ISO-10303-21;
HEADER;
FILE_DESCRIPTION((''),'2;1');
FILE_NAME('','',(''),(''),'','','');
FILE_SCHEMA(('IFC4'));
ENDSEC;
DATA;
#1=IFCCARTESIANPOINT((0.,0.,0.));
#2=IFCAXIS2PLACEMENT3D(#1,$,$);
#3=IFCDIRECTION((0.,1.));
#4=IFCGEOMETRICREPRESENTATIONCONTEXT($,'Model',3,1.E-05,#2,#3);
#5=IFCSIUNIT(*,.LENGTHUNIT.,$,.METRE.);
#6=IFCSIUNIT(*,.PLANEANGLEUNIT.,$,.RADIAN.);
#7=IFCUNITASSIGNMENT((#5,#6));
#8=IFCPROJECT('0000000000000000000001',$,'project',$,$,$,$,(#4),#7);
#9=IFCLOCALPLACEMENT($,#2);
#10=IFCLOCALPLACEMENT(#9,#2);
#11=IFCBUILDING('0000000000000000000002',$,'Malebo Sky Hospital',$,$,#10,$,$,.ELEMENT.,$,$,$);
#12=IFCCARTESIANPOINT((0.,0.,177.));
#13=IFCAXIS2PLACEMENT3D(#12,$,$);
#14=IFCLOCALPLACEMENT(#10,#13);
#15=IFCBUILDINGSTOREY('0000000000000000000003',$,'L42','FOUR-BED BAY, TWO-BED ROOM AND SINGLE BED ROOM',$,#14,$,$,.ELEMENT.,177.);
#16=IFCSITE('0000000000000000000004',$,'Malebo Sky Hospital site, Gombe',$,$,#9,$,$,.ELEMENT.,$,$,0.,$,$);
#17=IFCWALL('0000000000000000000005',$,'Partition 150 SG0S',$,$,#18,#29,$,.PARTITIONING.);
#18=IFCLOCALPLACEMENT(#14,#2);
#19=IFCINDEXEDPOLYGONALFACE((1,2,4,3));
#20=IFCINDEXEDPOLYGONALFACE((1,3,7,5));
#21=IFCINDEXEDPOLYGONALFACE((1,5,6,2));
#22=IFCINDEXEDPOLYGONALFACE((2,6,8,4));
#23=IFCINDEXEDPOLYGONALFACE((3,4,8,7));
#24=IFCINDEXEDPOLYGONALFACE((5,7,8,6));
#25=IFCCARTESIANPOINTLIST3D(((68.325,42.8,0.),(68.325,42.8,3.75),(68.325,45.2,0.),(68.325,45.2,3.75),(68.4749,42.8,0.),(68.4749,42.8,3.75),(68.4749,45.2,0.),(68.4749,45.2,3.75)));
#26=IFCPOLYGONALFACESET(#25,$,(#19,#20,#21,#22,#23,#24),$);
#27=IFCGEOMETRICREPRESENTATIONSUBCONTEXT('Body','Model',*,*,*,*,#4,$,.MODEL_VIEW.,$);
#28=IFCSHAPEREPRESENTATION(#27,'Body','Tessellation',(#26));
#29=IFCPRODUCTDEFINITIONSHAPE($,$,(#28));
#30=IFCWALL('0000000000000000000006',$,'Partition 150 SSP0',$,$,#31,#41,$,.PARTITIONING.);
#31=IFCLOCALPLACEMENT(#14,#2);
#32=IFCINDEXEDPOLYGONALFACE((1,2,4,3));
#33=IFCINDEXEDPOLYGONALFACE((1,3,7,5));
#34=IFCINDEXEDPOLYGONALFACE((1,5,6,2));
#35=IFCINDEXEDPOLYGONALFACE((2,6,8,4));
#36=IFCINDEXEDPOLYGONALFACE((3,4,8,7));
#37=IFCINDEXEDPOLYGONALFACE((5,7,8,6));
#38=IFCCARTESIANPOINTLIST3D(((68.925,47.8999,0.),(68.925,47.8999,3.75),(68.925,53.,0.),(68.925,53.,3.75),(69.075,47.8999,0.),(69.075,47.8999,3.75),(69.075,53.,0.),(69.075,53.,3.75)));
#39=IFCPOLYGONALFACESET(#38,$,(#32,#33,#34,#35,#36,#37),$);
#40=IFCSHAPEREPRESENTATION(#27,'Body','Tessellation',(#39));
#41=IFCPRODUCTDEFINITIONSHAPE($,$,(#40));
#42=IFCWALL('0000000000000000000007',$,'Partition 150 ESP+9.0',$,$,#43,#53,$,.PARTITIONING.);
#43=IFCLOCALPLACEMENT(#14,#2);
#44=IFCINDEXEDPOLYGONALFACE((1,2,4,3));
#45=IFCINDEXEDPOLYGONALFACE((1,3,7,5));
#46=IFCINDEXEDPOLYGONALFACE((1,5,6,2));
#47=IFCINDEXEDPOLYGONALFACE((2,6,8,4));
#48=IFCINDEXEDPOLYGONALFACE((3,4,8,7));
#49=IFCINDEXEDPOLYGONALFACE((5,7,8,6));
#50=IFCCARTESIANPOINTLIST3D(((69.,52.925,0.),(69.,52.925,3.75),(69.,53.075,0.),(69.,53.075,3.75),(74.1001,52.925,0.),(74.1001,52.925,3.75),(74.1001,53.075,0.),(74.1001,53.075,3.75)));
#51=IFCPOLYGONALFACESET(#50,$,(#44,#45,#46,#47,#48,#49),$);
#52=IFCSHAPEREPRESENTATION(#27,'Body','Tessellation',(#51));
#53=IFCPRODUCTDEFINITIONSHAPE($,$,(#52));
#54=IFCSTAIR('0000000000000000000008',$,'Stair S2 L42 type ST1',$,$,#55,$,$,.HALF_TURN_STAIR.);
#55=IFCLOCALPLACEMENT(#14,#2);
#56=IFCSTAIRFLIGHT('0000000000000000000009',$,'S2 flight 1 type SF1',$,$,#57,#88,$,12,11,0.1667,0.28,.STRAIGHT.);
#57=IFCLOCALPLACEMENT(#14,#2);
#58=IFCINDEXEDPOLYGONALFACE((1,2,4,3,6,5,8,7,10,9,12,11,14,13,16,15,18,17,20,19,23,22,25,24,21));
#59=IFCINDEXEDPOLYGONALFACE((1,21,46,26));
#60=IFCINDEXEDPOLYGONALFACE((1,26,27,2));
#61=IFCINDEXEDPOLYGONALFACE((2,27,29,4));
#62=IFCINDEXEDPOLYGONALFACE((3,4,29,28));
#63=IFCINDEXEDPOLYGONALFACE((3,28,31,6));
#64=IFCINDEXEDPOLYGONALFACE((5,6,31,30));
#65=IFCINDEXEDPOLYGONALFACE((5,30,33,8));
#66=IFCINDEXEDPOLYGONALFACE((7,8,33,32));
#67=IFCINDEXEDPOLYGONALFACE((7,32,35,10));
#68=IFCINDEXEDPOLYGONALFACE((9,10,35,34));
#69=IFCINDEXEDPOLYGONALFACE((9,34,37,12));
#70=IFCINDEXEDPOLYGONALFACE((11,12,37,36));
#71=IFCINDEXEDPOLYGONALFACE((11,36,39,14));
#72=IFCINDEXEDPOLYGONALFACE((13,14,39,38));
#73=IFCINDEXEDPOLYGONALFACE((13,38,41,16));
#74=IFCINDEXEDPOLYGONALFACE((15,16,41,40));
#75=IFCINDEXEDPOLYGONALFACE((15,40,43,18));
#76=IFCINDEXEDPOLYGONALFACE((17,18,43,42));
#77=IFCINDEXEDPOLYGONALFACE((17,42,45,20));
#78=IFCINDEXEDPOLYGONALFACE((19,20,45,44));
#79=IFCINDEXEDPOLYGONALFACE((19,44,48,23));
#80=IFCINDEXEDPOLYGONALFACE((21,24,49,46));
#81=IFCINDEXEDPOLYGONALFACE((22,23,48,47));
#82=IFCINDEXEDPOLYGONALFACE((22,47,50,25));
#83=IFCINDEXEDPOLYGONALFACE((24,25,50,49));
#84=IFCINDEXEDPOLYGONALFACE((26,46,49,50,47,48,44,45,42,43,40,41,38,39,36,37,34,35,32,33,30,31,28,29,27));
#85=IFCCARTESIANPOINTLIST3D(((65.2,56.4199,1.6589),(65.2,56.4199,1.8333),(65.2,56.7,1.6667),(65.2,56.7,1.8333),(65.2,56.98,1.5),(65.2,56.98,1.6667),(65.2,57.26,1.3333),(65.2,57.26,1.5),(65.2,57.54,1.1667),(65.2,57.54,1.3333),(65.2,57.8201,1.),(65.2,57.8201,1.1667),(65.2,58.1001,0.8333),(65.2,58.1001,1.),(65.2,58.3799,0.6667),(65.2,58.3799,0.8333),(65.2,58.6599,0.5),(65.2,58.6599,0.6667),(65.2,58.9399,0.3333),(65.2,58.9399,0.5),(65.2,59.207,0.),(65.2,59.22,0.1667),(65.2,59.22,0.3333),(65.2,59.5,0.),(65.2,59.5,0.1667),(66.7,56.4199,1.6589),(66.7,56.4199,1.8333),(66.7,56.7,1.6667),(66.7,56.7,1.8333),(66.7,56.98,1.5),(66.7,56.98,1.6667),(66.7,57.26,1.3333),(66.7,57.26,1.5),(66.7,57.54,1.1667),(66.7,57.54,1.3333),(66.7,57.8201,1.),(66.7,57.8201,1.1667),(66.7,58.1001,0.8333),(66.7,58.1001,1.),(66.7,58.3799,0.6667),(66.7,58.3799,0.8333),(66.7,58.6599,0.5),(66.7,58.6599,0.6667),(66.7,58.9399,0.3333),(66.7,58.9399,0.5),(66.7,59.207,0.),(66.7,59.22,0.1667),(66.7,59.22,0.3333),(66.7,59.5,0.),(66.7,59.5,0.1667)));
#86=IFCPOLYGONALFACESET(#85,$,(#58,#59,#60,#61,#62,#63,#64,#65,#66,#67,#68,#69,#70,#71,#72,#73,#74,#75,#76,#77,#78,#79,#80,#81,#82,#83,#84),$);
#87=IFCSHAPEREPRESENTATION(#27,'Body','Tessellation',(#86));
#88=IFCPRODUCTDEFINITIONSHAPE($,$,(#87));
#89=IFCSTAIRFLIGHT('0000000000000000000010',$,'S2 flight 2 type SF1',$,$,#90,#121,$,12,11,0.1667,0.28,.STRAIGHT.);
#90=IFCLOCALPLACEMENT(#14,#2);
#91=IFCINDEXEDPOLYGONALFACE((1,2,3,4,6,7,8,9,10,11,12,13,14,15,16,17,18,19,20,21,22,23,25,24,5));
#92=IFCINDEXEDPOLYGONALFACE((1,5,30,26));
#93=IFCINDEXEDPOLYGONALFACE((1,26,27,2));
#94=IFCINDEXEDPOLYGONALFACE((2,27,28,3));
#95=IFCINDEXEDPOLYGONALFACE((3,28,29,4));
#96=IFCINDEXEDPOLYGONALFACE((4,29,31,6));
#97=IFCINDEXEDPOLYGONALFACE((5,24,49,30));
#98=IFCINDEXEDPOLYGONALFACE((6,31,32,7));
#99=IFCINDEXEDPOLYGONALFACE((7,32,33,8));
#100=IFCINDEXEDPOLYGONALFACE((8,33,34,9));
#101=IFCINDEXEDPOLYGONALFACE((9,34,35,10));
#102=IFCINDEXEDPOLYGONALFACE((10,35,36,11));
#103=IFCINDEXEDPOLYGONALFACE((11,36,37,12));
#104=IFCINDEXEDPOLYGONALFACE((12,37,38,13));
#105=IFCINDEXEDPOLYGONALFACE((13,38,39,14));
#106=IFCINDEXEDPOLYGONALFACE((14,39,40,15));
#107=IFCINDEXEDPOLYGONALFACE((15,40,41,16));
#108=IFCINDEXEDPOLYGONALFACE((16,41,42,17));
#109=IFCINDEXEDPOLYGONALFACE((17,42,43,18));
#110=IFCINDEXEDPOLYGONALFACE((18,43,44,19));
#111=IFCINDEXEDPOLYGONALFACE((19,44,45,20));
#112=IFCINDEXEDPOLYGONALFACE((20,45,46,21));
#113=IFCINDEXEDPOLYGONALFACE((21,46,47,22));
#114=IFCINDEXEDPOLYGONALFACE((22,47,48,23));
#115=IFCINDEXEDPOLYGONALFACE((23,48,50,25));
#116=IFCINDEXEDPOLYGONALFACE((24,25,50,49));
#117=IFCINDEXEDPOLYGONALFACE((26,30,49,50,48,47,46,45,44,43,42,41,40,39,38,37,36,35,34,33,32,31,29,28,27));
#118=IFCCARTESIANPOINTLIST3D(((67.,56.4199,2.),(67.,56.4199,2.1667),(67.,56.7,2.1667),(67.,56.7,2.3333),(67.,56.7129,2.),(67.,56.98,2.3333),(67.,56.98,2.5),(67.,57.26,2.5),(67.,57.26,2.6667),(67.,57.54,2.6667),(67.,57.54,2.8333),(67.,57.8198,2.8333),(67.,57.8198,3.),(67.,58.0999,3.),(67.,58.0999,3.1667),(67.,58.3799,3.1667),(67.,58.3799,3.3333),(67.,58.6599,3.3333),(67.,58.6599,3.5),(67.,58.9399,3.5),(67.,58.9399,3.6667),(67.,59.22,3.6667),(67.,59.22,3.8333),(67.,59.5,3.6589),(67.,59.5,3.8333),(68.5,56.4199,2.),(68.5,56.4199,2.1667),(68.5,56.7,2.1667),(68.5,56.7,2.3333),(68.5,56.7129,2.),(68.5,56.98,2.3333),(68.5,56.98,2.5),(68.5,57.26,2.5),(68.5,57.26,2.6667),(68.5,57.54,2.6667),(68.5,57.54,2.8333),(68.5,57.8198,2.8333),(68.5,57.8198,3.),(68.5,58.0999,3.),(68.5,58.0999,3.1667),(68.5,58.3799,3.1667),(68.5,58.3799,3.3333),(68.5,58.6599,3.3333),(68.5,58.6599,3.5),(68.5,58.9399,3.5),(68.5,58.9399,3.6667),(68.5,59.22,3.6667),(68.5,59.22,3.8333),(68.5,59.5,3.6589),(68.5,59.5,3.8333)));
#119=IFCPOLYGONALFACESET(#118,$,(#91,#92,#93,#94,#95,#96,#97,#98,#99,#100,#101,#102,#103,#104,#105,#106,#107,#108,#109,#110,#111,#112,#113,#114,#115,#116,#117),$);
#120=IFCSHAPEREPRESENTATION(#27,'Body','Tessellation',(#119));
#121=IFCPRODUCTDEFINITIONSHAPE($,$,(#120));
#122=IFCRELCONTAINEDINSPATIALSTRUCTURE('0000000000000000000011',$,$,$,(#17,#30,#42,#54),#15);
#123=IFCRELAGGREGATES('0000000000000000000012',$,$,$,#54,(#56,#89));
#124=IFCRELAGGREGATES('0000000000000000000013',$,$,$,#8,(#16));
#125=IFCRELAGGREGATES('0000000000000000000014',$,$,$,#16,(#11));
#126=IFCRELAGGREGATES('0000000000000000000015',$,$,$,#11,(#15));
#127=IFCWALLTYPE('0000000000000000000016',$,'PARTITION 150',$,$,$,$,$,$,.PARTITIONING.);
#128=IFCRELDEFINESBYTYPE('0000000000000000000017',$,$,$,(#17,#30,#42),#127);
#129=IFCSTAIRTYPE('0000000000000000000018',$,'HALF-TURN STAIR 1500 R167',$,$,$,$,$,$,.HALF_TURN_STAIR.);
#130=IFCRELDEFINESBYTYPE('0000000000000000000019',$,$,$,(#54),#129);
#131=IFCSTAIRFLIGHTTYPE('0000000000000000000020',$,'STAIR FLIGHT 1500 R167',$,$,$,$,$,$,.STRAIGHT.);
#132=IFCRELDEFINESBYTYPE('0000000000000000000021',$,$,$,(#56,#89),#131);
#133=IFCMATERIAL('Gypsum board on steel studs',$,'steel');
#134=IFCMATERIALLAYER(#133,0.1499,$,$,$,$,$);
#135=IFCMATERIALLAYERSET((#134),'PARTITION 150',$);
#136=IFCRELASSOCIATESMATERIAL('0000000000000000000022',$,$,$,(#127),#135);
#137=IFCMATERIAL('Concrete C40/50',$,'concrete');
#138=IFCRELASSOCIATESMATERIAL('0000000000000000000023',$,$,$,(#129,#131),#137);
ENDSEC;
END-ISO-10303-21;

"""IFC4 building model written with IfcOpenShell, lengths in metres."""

from ifc_helpers import new_model, si_unit, direction, frame, frame_2d, origin, place, context, subcontext, project, spatial, polyline, rectangle, outline, extrude, material, layer, layer_set, type_object, element, aggregate, save


model = new_model("IFC4")

# Units and contexts
model_context = context("Model", 3, precision=1e-05, world=origin(), true_north=direction((0.0, 1.0)))
body_context = subcontext(model_context, "Body", "Model", "MODEL_VIEW")
ifc_project = project(units=[si_unit("LENGTHUNIT", "METRE"), si_unit("PLANEANGLEUNIT", "RADIAN")], contexts=[model_context])

# Site, building, storey
site_placement = place(None, origin())
site = spatial("IfcSite", under=ifc_project, at=site_placement, Name="Malebo Sky Hospital site, Gombe", CompositionType="ELEMENT", RefElevation=0.0)
building_placement = place(site_placement, origin())
building = spatial("IfcBuilding", under=site, at=building_placement, Name="Malebo Sky Hospital", CompositionType="ELEMENT")
storey_placement = place(building_placement, frame((0.0, 0.0, 177.0)))
storey = spatial("IfcBuildingStorey", under=building, at=storey_placement, Name="L42", Description="FOUR-BED BAY, TWO-BED ROOM AND SINGLE BED ROOM", CompositionType="ELEMENT", Elevation=177.0)

# Shared definitions
ifc_material_1 = material(Name="Gypsum board on steel studs", Category="steel")

# Walls
ifc_layer_1 = layer(ifc_material_1, 0.1499)
ifc_layer_set_1 = layer_set([ifc_layer_1], Name="PARTITION 150")
wall_type_1 = type_object("IfcWallType", Name="PARTITION 150", PredefinedType="PARTITIONING", material=ifc_layer_set_1)
wall_1_placement = place(storey_placement, frame((68.3999, 45.2, 0.0), z_axis=(0.0, 0.0, 1.0), x_axis=(0.0, -1.0, 0.0)))
element("IfcWall", 1, at=wall_1_placement, inside=storey, type_object=wall_type_1, Name="Partition 150 SG0S", PredefinedType="PARTITIONING", context=body_context, shape_type="SweptSolid", body=[
    extrude(rectangle(XDim=2.3999, YDim=0.1499, at=frame_2d((1.2, 0.0))), origin(), (0.0, 0.0, 1.0), 3.75),
])
for number, where, z_axis, x_axis, name in (
    (2, (69.0, 53.0, 0.0), (0.0, 0.0, 1.0), (0.0, -1.0, 0.0), "Partition 150 SSP0"),
    (3, (69.0, 53.0, 0.0), (0.0, 0.0, 1.0), (1.0, 0.0, 0.0), "Partition 150 ESP+9.0"),
):
    element("IfcWall", number, at=place(storey_placement, frame(where, z_axis=z_axis, x_axis=x_axis)), inside=storey, type_object=wall_type_1, Name=name, PredefinedType="PARTITIONING", context=body_context, shape_type="SweptSolid", body=[
        extrude(rectangle(XDim=5.1001, YDim=0.1499, at=frame_2d((2.55, 0.0))), origin(), (0.0, 0.0, 1.0), 3.75),
    ])

# Stair, stair flights
ifc_material_2 = material(Name="Concrete C40/50", Category="concrete")
stair_type = type_object("IfcStairType", Name="HALF-TURN STAIR 1500 R167", PredefinedType="HALF_TURN_STAIR", material=ifc_material_2)
stair_placement = place(storey_placement, origin())
stair = element("IfcStair", 4, at=stair_placement, inside=storey, type_object=stair_type, Name="Stair S2 L42 type ST1", PredefinedType="HALF_TURN_STAIR")
stair_flight_type = type_object("IfcStairFlightType", Name="STAIR FLIGHT 1500 R167", PredefinedType="STRAIGHT", material=ifc_material_2)
stair_flight_1_placement = place(storey_placement, frame((65.95, 59.5, 0.0), z_axis=(0.0, 0.0, 1.0), x_axis=(0.0, -1.0, 0.0)))
stair_flight_1 = element("IfcStairFlight", 5, at=stair_flight_1_placement, type_object=stair_flight_type, Name="S2 flight 1 type SF1", NumberOfRisers=12, NumberOfTreads=11, PredefinedType="STRAIGHT", RiserHeight=0.1667, TreadLength=0.28, context=body_context, shape_type="SweptSolid", body=[
    extrude(outline(polyline([(0.0, 0.0), (0.0, 0.1667), (0.28, 0.1667), (0.28, 0.3333), (0.5601, 0.3333), (0.5601, 0.5), (0.8401, 0.5), (0.8401, 0.6667), (1.1201, 0.6667), (1.1201, 0.8333), (1.3999, 0.8333), (1.3999, 1.0), (1.6799, 1.0), (1.6799, 1.1667), (1.96, 1.1667), (1.96, 1.3333), (2.24, 1.3333), (2.24, 1.5), (2.52, 1.5), (2.52, 1.6667), (2.8, 1.6667), (2.8, 1.8333), (3.0801, 1.8333), (3.0801, 2.0), (3.0801, 1.6589), (0.293, 0.0), (0.0, 0.0)])), frame((0.0, 0.75, 0.0), z_axis=(0.0, -1.0, 0.0), x_axis=(1.0, 0.0, 0.0)), (0.0, 0.0, 1.0), 1.5),
])
stair_flight_2_placement = place(storey_placement, frame((67.75, 56.4199, 2.0), z_axis=(0.0, 0.0, 1.0), x_axis=(0.0, 1.0, 0.0)))
stair_flight_2 = element("IfcStairFlight", 6, at=stair_flight_2_placement, type_object=stair_flight_type, Name="S2 flight 2 type SF1", NumberOfRisers=12, NumberOfTreads=11, PredefinedType="STRAIGHT", RiserHeight=0.1667, TreadLength=0.28, context=body_context, shape_type="SweptSolid", body=[
    extrude(outline(polyline([(0.0, 0.0), (0.0, 0.1667), (0.28, 0.1667), (0.28, 0.3333), (0.5601, 0.3333), (0.5601, 0.5), (0.8401, 0.5), (0.8401, 0.6667), (1.1201, 0.6667), (1.1201, 0.8333), (1.3999, 0.8333), (1.3999, 1.0), (1.6799, 1.0), (1.6799, 1.1667), (1.96, 1.1667), (1.96, 1.3333), (2.24, 1.3333), (2.24, 1.5), (2.52, 1.5), (2.52, 1.6667), (2.8, 1.6667), (2.8, 1.8333), (3.0801, 1.8333), (3.0801, 2.0), (3.0801, 1.6589), (0.293, 0.0), (0.0, 0.0)])), frame((0.0, 0.75, 0.0), z_axis=(0.0, -1.0, 0.0), x_axis=(1.0, 0.0, 0.0)), (0.0, 0.0, 1.0), 1.5),
])
aggregate(stair, [stair_flight_1, stair_flight_2])

save(model, "model.ifc")
